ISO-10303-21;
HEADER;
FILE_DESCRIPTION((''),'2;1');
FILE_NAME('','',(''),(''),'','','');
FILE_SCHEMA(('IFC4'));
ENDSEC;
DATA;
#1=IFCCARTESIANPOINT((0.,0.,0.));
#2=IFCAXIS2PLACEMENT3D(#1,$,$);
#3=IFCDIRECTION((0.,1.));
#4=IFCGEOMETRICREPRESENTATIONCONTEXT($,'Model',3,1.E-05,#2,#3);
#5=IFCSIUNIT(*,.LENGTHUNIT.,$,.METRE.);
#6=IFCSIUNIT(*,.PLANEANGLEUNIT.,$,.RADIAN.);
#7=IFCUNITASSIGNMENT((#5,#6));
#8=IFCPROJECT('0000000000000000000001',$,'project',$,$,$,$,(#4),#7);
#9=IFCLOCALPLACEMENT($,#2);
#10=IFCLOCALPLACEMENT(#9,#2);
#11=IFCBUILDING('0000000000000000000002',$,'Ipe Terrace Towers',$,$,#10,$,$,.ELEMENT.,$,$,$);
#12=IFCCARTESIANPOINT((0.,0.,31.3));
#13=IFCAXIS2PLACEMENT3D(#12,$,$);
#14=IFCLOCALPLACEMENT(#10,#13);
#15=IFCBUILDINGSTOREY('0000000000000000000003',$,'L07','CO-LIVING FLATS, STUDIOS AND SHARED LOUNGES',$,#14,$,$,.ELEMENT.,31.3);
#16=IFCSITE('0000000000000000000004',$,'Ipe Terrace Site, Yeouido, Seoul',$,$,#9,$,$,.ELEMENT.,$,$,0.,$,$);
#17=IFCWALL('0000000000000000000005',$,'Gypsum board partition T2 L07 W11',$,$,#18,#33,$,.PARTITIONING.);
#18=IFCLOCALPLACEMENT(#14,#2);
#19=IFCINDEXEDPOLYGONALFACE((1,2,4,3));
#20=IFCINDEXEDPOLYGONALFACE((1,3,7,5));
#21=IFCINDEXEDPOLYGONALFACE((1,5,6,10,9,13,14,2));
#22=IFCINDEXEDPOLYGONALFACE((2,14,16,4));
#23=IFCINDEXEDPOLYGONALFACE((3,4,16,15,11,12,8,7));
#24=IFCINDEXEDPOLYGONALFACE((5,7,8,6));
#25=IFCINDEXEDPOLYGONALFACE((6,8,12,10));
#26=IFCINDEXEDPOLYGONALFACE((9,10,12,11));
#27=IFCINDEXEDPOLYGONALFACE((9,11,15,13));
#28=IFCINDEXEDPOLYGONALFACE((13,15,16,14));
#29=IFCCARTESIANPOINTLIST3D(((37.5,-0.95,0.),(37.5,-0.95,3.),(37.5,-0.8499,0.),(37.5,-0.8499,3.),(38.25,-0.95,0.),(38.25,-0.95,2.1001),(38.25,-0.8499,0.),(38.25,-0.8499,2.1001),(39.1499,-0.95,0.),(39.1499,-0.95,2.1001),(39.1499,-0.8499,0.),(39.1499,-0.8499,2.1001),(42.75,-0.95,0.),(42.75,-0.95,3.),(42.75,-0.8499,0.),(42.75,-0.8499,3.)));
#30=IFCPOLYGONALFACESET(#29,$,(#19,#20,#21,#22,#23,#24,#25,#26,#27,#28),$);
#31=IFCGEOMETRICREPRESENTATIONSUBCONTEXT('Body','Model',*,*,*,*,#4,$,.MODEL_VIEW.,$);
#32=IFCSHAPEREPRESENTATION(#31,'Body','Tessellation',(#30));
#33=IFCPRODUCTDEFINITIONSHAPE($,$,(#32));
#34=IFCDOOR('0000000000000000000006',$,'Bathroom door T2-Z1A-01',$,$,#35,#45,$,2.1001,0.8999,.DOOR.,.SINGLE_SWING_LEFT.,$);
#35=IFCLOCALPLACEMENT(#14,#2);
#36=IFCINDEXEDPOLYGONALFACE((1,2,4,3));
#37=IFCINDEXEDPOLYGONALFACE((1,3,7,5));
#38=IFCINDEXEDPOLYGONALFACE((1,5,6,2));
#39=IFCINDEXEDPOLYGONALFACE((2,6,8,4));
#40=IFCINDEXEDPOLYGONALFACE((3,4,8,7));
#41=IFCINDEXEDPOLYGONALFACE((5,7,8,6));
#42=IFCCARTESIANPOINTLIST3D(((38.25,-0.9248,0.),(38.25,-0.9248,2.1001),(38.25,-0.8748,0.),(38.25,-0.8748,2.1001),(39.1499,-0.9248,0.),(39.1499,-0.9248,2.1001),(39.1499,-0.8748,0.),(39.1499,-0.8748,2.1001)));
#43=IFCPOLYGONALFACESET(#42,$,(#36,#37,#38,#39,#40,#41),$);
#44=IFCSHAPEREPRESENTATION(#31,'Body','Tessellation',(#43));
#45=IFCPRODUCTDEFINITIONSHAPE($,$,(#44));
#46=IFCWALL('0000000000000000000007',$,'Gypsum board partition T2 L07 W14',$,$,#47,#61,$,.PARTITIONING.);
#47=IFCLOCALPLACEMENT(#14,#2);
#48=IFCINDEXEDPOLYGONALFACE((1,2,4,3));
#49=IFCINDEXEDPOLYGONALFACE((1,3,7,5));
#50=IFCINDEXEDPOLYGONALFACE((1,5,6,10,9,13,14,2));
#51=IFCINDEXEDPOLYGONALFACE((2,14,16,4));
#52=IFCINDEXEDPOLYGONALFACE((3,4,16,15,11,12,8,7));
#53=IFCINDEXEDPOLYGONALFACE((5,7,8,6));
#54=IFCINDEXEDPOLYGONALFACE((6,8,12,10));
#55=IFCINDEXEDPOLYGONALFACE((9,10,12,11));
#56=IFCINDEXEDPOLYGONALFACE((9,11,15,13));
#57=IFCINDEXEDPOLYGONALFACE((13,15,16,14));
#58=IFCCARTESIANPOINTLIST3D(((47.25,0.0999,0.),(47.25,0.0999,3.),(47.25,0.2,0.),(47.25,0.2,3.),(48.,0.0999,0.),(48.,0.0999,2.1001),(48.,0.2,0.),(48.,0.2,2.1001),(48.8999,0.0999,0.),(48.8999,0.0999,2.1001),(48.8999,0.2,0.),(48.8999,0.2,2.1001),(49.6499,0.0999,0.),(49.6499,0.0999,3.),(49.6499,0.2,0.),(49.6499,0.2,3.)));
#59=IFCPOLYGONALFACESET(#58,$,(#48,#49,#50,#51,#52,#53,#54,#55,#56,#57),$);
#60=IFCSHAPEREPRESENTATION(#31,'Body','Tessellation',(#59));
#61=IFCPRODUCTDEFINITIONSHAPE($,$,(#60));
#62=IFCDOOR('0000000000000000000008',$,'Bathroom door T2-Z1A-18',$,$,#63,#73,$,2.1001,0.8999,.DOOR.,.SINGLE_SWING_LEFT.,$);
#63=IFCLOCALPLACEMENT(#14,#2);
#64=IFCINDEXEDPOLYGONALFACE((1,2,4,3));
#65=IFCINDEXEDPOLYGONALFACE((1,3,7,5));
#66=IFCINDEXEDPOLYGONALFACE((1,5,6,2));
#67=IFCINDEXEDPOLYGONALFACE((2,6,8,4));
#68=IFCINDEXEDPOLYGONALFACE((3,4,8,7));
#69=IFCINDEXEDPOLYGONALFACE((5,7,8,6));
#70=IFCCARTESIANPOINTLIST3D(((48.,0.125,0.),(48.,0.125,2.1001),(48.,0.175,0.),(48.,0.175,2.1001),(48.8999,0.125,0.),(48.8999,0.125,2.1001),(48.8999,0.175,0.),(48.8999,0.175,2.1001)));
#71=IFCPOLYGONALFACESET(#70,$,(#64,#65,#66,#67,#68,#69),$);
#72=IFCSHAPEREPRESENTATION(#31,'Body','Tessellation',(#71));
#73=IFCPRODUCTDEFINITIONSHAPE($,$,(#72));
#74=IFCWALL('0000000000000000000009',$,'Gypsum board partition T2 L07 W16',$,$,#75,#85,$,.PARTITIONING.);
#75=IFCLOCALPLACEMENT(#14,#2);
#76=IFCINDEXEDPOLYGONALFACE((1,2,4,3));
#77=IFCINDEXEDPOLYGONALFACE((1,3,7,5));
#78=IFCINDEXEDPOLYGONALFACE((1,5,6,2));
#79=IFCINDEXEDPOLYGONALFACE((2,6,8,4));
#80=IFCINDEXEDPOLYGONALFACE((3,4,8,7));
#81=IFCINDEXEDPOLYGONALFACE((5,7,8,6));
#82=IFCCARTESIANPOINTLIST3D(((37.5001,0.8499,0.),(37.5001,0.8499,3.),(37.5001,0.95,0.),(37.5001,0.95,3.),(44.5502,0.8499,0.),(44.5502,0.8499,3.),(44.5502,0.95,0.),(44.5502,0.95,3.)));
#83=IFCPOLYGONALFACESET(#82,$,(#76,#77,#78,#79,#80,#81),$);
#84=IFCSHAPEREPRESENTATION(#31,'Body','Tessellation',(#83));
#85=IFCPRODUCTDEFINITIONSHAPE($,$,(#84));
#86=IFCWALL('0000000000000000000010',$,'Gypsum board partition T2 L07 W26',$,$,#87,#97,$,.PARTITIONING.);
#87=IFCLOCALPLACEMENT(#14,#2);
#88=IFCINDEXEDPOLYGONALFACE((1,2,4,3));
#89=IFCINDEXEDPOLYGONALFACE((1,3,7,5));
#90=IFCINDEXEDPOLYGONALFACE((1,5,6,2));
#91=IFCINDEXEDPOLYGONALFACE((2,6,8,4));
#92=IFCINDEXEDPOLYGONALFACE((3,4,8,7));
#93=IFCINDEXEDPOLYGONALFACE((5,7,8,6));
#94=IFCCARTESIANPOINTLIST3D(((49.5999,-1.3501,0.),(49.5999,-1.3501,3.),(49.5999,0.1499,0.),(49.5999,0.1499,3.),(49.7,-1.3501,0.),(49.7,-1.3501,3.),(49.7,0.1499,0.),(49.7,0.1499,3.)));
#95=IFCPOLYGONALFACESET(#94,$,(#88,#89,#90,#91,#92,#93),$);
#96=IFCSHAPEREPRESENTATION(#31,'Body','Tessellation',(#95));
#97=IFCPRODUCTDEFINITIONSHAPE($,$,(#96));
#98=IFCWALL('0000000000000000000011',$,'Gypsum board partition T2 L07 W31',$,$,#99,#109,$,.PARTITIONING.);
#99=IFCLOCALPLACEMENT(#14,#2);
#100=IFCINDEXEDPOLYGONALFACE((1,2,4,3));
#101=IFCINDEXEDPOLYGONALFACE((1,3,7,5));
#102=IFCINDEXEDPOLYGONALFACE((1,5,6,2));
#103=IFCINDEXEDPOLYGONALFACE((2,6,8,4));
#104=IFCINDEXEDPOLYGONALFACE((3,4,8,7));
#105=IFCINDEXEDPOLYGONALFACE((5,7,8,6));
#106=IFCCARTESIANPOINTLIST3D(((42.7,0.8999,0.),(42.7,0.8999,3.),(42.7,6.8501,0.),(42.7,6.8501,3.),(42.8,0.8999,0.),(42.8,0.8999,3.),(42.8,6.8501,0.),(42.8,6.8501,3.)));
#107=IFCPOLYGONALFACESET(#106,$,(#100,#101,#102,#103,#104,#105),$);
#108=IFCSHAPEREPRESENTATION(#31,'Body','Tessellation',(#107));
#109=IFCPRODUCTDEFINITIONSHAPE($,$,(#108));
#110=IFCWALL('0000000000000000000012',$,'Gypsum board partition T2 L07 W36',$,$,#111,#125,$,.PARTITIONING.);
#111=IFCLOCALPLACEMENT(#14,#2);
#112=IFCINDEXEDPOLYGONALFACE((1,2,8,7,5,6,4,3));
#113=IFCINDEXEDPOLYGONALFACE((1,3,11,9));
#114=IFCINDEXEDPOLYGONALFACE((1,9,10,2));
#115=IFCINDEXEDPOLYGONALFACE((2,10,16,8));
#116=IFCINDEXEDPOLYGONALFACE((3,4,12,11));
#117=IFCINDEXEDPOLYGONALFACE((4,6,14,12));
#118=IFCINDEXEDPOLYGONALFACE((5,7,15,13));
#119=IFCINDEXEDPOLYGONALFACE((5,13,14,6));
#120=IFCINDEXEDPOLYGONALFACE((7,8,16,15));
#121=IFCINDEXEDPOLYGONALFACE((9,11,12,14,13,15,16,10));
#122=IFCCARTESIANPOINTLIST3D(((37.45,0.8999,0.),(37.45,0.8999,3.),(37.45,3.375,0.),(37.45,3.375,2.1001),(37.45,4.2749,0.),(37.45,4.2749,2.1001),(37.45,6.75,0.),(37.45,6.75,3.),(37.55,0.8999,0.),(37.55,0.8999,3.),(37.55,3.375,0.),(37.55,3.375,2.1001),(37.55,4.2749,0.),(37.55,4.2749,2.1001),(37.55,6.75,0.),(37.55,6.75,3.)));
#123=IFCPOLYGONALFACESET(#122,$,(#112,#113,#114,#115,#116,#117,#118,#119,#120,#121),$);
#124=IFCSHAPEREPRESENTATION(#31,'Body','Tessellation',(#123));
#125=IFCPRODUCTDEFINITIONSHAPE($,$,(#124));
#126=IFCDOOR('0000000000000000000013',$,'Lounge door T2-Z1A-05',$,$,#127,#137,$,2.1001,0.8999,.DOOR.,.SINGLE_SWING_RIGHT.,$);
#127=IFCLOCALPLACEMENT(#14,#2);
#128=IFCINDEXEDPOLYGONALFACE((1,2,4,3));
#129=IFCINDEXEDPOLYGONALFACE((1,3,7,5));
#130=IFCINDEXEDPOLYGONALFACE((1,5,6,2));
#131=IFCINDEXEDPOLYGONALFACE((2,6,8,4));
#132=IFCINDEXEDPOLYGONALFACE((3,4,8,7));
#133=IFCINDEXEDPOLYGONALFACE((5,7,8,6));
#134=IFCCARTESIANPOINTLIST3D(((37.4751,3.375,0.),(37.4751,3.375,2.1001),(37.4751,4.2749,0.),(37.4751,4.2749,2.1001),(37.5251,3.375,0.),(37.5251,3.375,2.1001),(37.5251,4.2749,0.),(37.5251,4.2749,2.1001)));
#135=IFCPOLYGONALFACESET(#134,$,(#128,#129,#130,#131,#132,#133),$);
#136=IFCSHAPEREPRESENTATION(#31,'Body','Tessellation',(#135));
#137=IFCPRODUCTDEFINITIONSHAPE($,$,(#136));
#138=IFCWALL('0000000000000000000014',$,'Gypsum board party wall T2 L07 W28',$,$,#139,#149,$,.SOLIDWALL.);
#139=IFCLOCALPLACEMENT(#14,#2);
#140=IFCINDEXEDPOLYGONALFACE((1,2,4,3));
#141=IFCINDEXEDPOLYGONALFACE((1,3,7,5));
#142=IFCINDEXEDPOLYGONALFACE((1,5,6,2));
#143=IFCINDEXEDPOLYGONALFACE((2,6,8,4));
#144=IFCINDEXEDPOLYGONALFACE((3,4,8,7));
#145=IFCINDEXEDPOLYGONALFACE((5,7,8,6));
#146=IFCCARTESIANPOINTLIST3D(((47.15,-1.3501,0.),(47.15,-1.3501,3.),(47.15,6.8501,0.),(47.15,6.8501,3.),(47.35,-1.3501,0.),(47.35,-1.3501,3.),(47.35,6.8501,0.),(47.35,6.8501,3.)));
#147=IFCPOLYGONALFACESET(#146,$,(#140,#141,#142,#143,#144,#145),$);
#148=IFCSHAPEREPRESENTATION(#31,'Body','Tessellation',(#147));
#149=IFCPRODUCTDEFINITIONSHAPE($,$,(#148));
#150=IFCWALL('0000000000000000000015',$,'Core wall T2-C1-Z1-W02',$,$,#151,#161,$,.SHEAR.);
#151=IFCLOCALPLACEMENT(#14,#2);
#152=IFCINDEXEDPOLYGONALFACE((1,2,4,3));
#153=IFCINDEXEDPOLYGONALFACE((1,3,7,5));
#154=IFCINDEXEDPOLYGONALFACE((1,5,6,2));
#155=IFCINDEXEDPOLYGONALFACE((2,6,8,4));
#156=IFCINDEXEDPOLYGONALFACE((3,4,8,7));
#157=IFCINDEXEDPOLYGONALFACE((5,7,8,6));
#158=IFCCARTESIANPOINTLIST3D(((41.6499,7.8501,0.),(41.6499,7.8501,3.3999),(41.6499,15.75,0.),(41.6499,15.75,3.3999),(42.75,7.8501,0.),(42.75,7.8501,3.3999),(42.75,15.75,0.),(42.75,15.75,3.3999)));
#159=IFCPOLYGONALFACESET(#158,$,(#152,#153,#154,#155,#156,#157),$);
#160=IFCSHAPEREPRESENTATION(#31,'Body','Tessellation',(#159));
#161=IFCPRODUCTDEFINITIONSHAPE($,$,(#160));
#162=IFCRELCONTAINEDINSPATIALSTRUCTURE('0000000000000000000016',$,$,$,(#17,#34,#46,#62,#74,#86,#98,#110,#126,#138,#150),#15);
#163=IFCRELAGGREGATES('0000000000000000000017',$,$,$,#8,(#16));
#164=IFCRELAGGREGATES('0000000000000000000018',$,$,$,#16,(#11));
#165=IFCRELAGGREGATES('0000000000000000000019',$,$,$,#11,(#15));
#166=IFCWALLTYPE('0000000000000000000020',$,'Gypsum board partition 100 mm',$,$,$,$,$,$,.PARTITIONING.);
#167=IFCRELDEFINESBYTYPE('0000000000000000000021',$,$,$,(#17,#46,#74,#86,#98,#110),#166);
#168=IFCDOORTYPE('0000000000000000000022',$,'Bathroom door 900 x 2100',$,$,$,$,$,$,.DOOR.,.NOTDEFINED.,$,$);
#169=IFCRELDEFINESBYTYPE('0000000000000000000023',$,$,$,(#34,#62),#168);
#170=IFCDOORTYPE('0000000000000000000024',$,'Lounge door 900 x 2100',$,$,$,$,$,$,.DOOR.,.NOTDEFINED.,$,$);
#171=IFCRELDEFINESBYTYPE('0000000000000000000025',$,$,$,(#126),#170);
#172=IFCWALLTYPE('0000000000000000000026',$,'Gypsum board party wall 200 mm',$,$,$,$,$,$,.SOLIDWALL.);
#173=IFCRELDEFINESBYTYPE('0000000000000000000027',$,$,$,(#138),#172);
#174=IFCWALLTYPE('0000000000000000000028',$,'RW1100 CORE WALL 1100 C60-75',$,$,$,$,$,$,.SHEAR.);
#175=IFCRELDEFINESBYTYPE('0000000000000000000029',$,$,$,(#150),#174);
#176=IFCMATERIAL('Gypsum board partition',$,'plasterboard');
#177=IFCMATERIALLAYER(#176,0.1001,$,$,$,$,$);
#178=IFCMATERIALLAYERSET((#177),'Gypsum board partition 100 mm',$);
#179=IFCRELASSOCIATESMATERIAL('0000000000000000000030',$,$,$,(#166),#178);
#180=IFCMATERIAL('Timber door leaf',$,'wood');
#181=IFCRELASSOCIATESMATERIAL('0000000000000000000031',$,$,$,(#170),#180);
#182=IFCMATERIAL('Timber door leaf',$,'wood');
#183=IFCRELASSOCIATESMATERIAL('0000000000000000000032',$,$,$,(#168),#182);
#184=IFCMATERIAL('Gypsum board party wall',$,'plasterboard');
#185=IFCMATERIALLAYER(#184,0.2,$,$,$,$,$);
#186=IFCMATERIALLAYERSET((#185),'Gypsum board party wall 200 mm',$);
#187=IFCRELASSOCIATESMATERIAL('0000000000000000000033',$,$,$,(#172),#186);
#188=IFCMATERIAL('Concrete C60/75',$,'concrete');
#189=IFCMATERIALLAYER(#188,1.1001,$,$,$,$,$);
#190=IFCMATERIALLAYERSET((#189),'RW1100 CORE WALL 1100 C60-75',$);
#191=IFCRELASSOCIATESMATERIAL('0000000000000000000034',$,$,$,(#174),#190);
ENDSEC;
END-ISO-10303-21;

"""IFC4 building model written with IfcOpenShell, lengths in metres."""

from ifc_helpers import new_model, si_unit, direction, frame, frame_2d, origin, place, context, subcontext, project, spatial, rectangle, extrude, material, layer, layer_set, type_object, element, fill, save


model = new_model("IFC4")

# Units and contexts
model_context = context("Model", 3, precision=1e-05, world=origin(), true_north=direction((0.0, 1.0)))
body_context = subcontext(model_context, "Body", "Model", "MODEL_VIEW")
ifc_project = project(units=[si_unit("LENGTHUNIT", "METRE"), si_unit("PLANEANGLEUNIT", "RADIAN")], contexts=[model_context])

# Site, building, storey
site_placement = place(None, origin())
site = spatial("IfcSite", under=ifc_project, at=site_placement, Name="Ipe Terrace Site, Yeouido, Seoul", CompositionType="ELEMENT", RefElevation=0.0)
building_placement = place(site_placement, origin())
building = spatial("IfcBuilding", under=site, at=building_placement, Name="Ipe Terrace Towers", CompositionType="ELEMENT")
storey_placement = place(building_placement, frame((0.0, 0.0, 31.3)))
storey = spatial("IfcBuildingStorey", under=building, at=storey_placement, Name="L07", Description="CO-LIVING FLATS, STUDIOS AND SHARED LOUNGES", CompositionType="ELEMENT", Elevation=31.3)

# Walls, openings, doors
ifc_material_1 = material(Name="Gypsum board partition", Category="plasterboard")
ifc_layer_1 = layer(ifc_material_1, 0.1001)
ifc_layer_set_1 = layer_set([ifc_layer_1], Name="Gypsum board partition 100 mm")
wall_type_1 = type_object("IfcWallType", Name="Gypsum board partition 100 mm", PredefinedType="PARTITIONING", material=ifc_layer_set_1)
ifc_material_2 = material(Name="Timber door leaf", Category="wood")
door_type_1 = type_object("IfcDoorType", Name="Lounge door 900 x 2100", OperationType="NOTDEFINED", PredefinedType="DOOR", material=ifc_material_2)
wall_1_placement = place(storey_placement, frame((42.75, -0.8999, 0.0), z_axis=(0.0, 0.0, 1.0), x_axis=(-1.0, 0.0, 0.0)))
wall_1 = element("IfcWall", 1, at=wall_1_placement, inside=storey, type_object=wall_type_1, Name="Gypsum board partition T2 L07 W11", PredefinedType="PARTITIONING", context=body_context, shape_type="SweptSolid", body=[
    extrude(rectangle(XDim=5.25, YDim=0.1001, at=frame_2d((2.625, 0.0))), origin(), (0.0, 0.0, 1.0), 3.0),
])
opening_1_placement = place(wall_1_placement, frame((3.6001, 0.0, 0.0)))
opening_1 = element("IfcOpeningElement", 2, at=opening_1_placement, cuts=wall_1, PredefinedType="OPENING", context=body_context, shape_type="SweptSolid", body=[
    extrude(rectangle(XDim=0.8999, YDim=2.1001, at=frame_2d((0.45, 1.05))), frame((0.0, 0.0601, 0.0), z_axis=(0.0, -1.0, 0.0), x_axis=(1.0, 0.0, 0.0)), (0.0, 0.0, 1.0), 0.1201),
])
ifc_material_3 = material(Name="Timber door leaf", Category="wood")
door_type_2 = type_object("IfcDoorType", Name="Bathroom door 900 x 2100", OperationType="NOTDEFINED", PredefinedType="DOOR", material=ifc_material_3)
door_1_placement = place(opening_1_placement, origin())
door_1 = element("IfcDoor", 3, at=door_1_placement, inside=storey, type_object=door_type_2, Name="Bathroom door T2-Z1A-01", OperationType="SINGLE_SWING_LEFT", OverallHeight=2.1001, OverallWidth=0.8999, PredefinedType="DOOR", context=body_context, shape_type="SweptSolid", body=[
    extrude(rectangle(XDim=0.8999, YDim=2.1001, at=frame_2d((0.45, 1.05))), frame((0.0, 0.0249, 0.0), z_axis=(0.0, -1.0, 0.0), x_axis=(1.0, 0.0, 0.0)), (0.0, 0.0, 1.0), 0.05),
])
fill(opening_1, door_1)
wall_2_placement = place(storey_placement, frame((49.6499, 0.1499, 0.0), z_axis=(0.0, 0.0, 1.0), x_axis=(-1.0, 0.0, 0.0)))
wall_2 = element("IfcWall", 4, at=wall_2_placement, inside=storey, type_object=wall_type_1, Name="Gypsum board partition T2 L07 W14", PredefinedType="PARTITIONING", context=body_context, shape_type="SweptSolid", body=[
    extrude(rectangle(XDim=2.3999, YDim=0.1001, at=frame_2d((1.2, 0.0))), origin(), (0.0, 0.0, 1.0), 3.0),
])
opening_2_placement = place(wall_2_placement, frame((0.75, 0.0, 0.0)))
opening_2 = element("IfcOpeningElement", 5, at=opening_2_placement, cuts=wall_2, PredefinedType="OPENING", context=body_context, shape_type="SweptSolid", body=[
    extrude(rectangle(XDim=0.8999, YDim=2.1001, at=frame_2d((0.45, 1.05))), frame((0.0, 0.0601, 0.0), z_axis=(0.0, -1.0, 0.0), x_axis=(1.0, 0.0, 0.0)), (0.0, 0.0, 1.0), 0.1201),
])
door_2_placement = place(opening_2_placement, origin())
door_2 = element("IfcDoor", 6, at=door_2_placement, inside=storey, type_object=door_type_2, Name="Bathroom door T2-Z1A-18", OperationType="SINGLE_SWING_LEFT", OverallHeight=2.1001, OverallWidth=0.8999, PredefinedType="DOOR", context=body_context, shape_type="SweptSolid", body=[
    extrude(rectangle(XDim=0.8999, YDim=2.1001, at=frame_2d((0.45, 1.05))), frame((0.0, 0.0249, 0.0), z_axis=(0.0, -1.0, 0.0), x_axis=(1.0, 0.0, 0.0)), (0.0, 0.0, 1.0), 0.05),
])
fill(opening_2, door_2)

# Walls
wall_3_placement = place(storey_placement, frame((44.55, 0.8999, 0.0), z_axis=(0.0, 0.0, 1.0), x_axis=(-1.0, 0.0, 0.0)))
element("IfcWall", 7, at=wall_3_placement, inside=storey, type_object=wall_type_1, Name="Gypsum board partition T2 L07 W16", PredefinedType="PARTITIONING", context=body_context, shape_type="SweptSolid", body=[
    extrude(rectangle(XDim=7.05, YDim=0.1001, at=frame_2d((3.5249, 0.0))), origin(), (0.0, 0.0, 1.0), 3.0),
])
wall_4_placement = place(storey_placement, frame((49.6499, -1.3501, 0.0), z_axis=(0.0, 0.0, 1.0), x_axis=(0.0, 1.0, 0.0)))
element("IfcWall", 8, at=wall_4_placement, inside=storey, type_object=wall_type_1, Name="Gypsum board partition T2 L07 W26", PredefinedType="PARTITIONING", context=body_context, shape_type="SweptSolid", body=[
    extrude(rectangle(XDim=1.5, YDim=0.1001, at=frame_2d((0.75, 0.0))), origin(), (0.0, 0.0, 1.0), 3.0),
])
wall_5_placement = place(storey_placement, frame((42.75, 0.8999, 0.0), z_axis=(0.0, 0.0, 1.0), x_axis=(0.0, 1.0, 0.0)))
element("IfcWall", 9, at=wall_5_placement, inside=storey, type_object=wall_type_1, Name="Gypsum board partition T2 L07 W31", PredefinedType="PARTITIONING", context=body_context, shape_type="SweptSolid", body=[
    extrude(rectangle(XDim=5.9502, YDim=0.1001, at=frame_2d((2.9751, 0.0))), origin(), (0.0, 0.0, 1.0), 3.0),
])

# Wall, opening, door
wall_6_placement = place(storey_placement, frame((37.5, 0.8999, 0.0), z_axis=(0.0, 0.0, 1.0), x_axis=(0.0, 1.0, 0.0)))
wall_6 = element("IfcWall", 10, at=wall_6_placement, inside=storey, type_object=wall_type_1, Name="Gypsum board partition T2 L07 W36", PredefinedType="PARTITIONING", context=body_context, shape_type="SweptSolid", body=[
    extrude(rectangle(XDim=5.8501, YDim=0.1001, at=frame_2d((2.925, 0.0))), origin(), (0.0, 0.0, 1.0), 3.0),
])
opening_3_placement = place(wall_6_placement, frame((2.4751, 0.0, 0.0)))
opening_3 = element("IfcOpeningElement", 11, at=opening_3_placement, cuts=wall_6, PredefinedType="OPENING", context=body_context, shape_type="SweptSolid", body=[
    extrude(rectangle(XDim=0.8999, YDim=2.1001, at=frame_2d((0.45, 1.05))), frame((0.0, 0.0601, 0.0), z_axis=(0.0, -1.0, 0.0), x_axis=(1.0, 0.0, 0.0)), (0.0, 0.0, 1.0), 0.1201),
])
door_3_placement = place(opening_3_placement, origin())
door_3 = element("IfcDoor", 12, at=door_3_placement, inside=storey, type_object=door_type_1, Name="Lounge door T2-Z1A-05", OperationType="SINGLE_SWING_RIGHT", OverallHeight=2.1001, OverallWidth=0.8999, PredefinedType="DOOR", context=body_context, shape_type="SweptSolid", body=[
    extrude(rectangle(XDim=0.8999, YDim=2.1001, at=frame_2d((0.45, 1.05))), frame((0.0, 0.0249, 0.0), z_axis=(0.0, -1.0, 0.0), x_axis=(1.0, 0.0, 0.0)), (0.0, 0.0, 1.0), 0.05),
])
fill(opening_3, door_3)

# Walls
ifc_material_4 = material(Name="Gypsum board party wall", Category="plasterboard")
ifc_layer_2 = layer(ifc_material_4, 0.2)
ifc_layer_set_2 = layer_set([ifc_layer_2], Name="Gypsum board party wall 200 mm")
wall_type_2 = type_object("IfcWallType", Name="Gypsum board party wall 200 mm", PredefinedType="SOLIDWALL", material=ifc_layer_set_2)
wall_7_placement = place(storey_placement, frame((47.25, -1.3501, 0.0), z_axis=(0.0, 0.0, 1.0), x_axis=(0.0, 1.0, 0.0)))
element("IfcWall", 13, at=wall_7_placement, inside=storey, type_object=wall_type_2, Name="Gypsum board party wall T2 L07 W28", PredefinedType="SOLIDWALL", context=body_context, shape_type="SweptSolid", body=[
    extrude(rectangle(XDim=8.2002, YDim=0.2, at=frame_2d((4.1001, 0.0))), origin(), (0.0, 0.0, 1.0), 3.0),
])
ifc_material_5 = material(Name="Concrete C60/75", Category="concrete")
ifc_layer_3 = layer(ifc_material_5, 1.1001)
ifc_layer_set_3 = layer_set([ifc_layer_3], Name="RW1100 CORE WALL 1100 C60-75")
wall_type_3 = type_object("IfcWallType", Name="RW1100 CORE WALL 1100 C60-75", PredefinedType="SHEAR", material=ifc_layer_set_3)
wall_8_placement = place(storey_placement, frame((42.2, 7.8501, 0.0), z_axis=(0.0, 0.0, 1.0), x_axis=(0.0, 1.0, 0.0)))
element("IfcWall", 14, at=wall_8_placement, inside=storey, type_object=wall_type_3, Name="Core wall T2-C1-Z1-W02", PredefinedType="SHEAR", context=body_context, shape_type="SweptSolid", body=[
    extrude(rectangle(XDim=7.8999, YDim=1.1001, at=frame_2d((3.95, 0.0))), origin(), (0.0, 0.0, 1.0), 3.3999),
])

save(model, "model.ifc")
